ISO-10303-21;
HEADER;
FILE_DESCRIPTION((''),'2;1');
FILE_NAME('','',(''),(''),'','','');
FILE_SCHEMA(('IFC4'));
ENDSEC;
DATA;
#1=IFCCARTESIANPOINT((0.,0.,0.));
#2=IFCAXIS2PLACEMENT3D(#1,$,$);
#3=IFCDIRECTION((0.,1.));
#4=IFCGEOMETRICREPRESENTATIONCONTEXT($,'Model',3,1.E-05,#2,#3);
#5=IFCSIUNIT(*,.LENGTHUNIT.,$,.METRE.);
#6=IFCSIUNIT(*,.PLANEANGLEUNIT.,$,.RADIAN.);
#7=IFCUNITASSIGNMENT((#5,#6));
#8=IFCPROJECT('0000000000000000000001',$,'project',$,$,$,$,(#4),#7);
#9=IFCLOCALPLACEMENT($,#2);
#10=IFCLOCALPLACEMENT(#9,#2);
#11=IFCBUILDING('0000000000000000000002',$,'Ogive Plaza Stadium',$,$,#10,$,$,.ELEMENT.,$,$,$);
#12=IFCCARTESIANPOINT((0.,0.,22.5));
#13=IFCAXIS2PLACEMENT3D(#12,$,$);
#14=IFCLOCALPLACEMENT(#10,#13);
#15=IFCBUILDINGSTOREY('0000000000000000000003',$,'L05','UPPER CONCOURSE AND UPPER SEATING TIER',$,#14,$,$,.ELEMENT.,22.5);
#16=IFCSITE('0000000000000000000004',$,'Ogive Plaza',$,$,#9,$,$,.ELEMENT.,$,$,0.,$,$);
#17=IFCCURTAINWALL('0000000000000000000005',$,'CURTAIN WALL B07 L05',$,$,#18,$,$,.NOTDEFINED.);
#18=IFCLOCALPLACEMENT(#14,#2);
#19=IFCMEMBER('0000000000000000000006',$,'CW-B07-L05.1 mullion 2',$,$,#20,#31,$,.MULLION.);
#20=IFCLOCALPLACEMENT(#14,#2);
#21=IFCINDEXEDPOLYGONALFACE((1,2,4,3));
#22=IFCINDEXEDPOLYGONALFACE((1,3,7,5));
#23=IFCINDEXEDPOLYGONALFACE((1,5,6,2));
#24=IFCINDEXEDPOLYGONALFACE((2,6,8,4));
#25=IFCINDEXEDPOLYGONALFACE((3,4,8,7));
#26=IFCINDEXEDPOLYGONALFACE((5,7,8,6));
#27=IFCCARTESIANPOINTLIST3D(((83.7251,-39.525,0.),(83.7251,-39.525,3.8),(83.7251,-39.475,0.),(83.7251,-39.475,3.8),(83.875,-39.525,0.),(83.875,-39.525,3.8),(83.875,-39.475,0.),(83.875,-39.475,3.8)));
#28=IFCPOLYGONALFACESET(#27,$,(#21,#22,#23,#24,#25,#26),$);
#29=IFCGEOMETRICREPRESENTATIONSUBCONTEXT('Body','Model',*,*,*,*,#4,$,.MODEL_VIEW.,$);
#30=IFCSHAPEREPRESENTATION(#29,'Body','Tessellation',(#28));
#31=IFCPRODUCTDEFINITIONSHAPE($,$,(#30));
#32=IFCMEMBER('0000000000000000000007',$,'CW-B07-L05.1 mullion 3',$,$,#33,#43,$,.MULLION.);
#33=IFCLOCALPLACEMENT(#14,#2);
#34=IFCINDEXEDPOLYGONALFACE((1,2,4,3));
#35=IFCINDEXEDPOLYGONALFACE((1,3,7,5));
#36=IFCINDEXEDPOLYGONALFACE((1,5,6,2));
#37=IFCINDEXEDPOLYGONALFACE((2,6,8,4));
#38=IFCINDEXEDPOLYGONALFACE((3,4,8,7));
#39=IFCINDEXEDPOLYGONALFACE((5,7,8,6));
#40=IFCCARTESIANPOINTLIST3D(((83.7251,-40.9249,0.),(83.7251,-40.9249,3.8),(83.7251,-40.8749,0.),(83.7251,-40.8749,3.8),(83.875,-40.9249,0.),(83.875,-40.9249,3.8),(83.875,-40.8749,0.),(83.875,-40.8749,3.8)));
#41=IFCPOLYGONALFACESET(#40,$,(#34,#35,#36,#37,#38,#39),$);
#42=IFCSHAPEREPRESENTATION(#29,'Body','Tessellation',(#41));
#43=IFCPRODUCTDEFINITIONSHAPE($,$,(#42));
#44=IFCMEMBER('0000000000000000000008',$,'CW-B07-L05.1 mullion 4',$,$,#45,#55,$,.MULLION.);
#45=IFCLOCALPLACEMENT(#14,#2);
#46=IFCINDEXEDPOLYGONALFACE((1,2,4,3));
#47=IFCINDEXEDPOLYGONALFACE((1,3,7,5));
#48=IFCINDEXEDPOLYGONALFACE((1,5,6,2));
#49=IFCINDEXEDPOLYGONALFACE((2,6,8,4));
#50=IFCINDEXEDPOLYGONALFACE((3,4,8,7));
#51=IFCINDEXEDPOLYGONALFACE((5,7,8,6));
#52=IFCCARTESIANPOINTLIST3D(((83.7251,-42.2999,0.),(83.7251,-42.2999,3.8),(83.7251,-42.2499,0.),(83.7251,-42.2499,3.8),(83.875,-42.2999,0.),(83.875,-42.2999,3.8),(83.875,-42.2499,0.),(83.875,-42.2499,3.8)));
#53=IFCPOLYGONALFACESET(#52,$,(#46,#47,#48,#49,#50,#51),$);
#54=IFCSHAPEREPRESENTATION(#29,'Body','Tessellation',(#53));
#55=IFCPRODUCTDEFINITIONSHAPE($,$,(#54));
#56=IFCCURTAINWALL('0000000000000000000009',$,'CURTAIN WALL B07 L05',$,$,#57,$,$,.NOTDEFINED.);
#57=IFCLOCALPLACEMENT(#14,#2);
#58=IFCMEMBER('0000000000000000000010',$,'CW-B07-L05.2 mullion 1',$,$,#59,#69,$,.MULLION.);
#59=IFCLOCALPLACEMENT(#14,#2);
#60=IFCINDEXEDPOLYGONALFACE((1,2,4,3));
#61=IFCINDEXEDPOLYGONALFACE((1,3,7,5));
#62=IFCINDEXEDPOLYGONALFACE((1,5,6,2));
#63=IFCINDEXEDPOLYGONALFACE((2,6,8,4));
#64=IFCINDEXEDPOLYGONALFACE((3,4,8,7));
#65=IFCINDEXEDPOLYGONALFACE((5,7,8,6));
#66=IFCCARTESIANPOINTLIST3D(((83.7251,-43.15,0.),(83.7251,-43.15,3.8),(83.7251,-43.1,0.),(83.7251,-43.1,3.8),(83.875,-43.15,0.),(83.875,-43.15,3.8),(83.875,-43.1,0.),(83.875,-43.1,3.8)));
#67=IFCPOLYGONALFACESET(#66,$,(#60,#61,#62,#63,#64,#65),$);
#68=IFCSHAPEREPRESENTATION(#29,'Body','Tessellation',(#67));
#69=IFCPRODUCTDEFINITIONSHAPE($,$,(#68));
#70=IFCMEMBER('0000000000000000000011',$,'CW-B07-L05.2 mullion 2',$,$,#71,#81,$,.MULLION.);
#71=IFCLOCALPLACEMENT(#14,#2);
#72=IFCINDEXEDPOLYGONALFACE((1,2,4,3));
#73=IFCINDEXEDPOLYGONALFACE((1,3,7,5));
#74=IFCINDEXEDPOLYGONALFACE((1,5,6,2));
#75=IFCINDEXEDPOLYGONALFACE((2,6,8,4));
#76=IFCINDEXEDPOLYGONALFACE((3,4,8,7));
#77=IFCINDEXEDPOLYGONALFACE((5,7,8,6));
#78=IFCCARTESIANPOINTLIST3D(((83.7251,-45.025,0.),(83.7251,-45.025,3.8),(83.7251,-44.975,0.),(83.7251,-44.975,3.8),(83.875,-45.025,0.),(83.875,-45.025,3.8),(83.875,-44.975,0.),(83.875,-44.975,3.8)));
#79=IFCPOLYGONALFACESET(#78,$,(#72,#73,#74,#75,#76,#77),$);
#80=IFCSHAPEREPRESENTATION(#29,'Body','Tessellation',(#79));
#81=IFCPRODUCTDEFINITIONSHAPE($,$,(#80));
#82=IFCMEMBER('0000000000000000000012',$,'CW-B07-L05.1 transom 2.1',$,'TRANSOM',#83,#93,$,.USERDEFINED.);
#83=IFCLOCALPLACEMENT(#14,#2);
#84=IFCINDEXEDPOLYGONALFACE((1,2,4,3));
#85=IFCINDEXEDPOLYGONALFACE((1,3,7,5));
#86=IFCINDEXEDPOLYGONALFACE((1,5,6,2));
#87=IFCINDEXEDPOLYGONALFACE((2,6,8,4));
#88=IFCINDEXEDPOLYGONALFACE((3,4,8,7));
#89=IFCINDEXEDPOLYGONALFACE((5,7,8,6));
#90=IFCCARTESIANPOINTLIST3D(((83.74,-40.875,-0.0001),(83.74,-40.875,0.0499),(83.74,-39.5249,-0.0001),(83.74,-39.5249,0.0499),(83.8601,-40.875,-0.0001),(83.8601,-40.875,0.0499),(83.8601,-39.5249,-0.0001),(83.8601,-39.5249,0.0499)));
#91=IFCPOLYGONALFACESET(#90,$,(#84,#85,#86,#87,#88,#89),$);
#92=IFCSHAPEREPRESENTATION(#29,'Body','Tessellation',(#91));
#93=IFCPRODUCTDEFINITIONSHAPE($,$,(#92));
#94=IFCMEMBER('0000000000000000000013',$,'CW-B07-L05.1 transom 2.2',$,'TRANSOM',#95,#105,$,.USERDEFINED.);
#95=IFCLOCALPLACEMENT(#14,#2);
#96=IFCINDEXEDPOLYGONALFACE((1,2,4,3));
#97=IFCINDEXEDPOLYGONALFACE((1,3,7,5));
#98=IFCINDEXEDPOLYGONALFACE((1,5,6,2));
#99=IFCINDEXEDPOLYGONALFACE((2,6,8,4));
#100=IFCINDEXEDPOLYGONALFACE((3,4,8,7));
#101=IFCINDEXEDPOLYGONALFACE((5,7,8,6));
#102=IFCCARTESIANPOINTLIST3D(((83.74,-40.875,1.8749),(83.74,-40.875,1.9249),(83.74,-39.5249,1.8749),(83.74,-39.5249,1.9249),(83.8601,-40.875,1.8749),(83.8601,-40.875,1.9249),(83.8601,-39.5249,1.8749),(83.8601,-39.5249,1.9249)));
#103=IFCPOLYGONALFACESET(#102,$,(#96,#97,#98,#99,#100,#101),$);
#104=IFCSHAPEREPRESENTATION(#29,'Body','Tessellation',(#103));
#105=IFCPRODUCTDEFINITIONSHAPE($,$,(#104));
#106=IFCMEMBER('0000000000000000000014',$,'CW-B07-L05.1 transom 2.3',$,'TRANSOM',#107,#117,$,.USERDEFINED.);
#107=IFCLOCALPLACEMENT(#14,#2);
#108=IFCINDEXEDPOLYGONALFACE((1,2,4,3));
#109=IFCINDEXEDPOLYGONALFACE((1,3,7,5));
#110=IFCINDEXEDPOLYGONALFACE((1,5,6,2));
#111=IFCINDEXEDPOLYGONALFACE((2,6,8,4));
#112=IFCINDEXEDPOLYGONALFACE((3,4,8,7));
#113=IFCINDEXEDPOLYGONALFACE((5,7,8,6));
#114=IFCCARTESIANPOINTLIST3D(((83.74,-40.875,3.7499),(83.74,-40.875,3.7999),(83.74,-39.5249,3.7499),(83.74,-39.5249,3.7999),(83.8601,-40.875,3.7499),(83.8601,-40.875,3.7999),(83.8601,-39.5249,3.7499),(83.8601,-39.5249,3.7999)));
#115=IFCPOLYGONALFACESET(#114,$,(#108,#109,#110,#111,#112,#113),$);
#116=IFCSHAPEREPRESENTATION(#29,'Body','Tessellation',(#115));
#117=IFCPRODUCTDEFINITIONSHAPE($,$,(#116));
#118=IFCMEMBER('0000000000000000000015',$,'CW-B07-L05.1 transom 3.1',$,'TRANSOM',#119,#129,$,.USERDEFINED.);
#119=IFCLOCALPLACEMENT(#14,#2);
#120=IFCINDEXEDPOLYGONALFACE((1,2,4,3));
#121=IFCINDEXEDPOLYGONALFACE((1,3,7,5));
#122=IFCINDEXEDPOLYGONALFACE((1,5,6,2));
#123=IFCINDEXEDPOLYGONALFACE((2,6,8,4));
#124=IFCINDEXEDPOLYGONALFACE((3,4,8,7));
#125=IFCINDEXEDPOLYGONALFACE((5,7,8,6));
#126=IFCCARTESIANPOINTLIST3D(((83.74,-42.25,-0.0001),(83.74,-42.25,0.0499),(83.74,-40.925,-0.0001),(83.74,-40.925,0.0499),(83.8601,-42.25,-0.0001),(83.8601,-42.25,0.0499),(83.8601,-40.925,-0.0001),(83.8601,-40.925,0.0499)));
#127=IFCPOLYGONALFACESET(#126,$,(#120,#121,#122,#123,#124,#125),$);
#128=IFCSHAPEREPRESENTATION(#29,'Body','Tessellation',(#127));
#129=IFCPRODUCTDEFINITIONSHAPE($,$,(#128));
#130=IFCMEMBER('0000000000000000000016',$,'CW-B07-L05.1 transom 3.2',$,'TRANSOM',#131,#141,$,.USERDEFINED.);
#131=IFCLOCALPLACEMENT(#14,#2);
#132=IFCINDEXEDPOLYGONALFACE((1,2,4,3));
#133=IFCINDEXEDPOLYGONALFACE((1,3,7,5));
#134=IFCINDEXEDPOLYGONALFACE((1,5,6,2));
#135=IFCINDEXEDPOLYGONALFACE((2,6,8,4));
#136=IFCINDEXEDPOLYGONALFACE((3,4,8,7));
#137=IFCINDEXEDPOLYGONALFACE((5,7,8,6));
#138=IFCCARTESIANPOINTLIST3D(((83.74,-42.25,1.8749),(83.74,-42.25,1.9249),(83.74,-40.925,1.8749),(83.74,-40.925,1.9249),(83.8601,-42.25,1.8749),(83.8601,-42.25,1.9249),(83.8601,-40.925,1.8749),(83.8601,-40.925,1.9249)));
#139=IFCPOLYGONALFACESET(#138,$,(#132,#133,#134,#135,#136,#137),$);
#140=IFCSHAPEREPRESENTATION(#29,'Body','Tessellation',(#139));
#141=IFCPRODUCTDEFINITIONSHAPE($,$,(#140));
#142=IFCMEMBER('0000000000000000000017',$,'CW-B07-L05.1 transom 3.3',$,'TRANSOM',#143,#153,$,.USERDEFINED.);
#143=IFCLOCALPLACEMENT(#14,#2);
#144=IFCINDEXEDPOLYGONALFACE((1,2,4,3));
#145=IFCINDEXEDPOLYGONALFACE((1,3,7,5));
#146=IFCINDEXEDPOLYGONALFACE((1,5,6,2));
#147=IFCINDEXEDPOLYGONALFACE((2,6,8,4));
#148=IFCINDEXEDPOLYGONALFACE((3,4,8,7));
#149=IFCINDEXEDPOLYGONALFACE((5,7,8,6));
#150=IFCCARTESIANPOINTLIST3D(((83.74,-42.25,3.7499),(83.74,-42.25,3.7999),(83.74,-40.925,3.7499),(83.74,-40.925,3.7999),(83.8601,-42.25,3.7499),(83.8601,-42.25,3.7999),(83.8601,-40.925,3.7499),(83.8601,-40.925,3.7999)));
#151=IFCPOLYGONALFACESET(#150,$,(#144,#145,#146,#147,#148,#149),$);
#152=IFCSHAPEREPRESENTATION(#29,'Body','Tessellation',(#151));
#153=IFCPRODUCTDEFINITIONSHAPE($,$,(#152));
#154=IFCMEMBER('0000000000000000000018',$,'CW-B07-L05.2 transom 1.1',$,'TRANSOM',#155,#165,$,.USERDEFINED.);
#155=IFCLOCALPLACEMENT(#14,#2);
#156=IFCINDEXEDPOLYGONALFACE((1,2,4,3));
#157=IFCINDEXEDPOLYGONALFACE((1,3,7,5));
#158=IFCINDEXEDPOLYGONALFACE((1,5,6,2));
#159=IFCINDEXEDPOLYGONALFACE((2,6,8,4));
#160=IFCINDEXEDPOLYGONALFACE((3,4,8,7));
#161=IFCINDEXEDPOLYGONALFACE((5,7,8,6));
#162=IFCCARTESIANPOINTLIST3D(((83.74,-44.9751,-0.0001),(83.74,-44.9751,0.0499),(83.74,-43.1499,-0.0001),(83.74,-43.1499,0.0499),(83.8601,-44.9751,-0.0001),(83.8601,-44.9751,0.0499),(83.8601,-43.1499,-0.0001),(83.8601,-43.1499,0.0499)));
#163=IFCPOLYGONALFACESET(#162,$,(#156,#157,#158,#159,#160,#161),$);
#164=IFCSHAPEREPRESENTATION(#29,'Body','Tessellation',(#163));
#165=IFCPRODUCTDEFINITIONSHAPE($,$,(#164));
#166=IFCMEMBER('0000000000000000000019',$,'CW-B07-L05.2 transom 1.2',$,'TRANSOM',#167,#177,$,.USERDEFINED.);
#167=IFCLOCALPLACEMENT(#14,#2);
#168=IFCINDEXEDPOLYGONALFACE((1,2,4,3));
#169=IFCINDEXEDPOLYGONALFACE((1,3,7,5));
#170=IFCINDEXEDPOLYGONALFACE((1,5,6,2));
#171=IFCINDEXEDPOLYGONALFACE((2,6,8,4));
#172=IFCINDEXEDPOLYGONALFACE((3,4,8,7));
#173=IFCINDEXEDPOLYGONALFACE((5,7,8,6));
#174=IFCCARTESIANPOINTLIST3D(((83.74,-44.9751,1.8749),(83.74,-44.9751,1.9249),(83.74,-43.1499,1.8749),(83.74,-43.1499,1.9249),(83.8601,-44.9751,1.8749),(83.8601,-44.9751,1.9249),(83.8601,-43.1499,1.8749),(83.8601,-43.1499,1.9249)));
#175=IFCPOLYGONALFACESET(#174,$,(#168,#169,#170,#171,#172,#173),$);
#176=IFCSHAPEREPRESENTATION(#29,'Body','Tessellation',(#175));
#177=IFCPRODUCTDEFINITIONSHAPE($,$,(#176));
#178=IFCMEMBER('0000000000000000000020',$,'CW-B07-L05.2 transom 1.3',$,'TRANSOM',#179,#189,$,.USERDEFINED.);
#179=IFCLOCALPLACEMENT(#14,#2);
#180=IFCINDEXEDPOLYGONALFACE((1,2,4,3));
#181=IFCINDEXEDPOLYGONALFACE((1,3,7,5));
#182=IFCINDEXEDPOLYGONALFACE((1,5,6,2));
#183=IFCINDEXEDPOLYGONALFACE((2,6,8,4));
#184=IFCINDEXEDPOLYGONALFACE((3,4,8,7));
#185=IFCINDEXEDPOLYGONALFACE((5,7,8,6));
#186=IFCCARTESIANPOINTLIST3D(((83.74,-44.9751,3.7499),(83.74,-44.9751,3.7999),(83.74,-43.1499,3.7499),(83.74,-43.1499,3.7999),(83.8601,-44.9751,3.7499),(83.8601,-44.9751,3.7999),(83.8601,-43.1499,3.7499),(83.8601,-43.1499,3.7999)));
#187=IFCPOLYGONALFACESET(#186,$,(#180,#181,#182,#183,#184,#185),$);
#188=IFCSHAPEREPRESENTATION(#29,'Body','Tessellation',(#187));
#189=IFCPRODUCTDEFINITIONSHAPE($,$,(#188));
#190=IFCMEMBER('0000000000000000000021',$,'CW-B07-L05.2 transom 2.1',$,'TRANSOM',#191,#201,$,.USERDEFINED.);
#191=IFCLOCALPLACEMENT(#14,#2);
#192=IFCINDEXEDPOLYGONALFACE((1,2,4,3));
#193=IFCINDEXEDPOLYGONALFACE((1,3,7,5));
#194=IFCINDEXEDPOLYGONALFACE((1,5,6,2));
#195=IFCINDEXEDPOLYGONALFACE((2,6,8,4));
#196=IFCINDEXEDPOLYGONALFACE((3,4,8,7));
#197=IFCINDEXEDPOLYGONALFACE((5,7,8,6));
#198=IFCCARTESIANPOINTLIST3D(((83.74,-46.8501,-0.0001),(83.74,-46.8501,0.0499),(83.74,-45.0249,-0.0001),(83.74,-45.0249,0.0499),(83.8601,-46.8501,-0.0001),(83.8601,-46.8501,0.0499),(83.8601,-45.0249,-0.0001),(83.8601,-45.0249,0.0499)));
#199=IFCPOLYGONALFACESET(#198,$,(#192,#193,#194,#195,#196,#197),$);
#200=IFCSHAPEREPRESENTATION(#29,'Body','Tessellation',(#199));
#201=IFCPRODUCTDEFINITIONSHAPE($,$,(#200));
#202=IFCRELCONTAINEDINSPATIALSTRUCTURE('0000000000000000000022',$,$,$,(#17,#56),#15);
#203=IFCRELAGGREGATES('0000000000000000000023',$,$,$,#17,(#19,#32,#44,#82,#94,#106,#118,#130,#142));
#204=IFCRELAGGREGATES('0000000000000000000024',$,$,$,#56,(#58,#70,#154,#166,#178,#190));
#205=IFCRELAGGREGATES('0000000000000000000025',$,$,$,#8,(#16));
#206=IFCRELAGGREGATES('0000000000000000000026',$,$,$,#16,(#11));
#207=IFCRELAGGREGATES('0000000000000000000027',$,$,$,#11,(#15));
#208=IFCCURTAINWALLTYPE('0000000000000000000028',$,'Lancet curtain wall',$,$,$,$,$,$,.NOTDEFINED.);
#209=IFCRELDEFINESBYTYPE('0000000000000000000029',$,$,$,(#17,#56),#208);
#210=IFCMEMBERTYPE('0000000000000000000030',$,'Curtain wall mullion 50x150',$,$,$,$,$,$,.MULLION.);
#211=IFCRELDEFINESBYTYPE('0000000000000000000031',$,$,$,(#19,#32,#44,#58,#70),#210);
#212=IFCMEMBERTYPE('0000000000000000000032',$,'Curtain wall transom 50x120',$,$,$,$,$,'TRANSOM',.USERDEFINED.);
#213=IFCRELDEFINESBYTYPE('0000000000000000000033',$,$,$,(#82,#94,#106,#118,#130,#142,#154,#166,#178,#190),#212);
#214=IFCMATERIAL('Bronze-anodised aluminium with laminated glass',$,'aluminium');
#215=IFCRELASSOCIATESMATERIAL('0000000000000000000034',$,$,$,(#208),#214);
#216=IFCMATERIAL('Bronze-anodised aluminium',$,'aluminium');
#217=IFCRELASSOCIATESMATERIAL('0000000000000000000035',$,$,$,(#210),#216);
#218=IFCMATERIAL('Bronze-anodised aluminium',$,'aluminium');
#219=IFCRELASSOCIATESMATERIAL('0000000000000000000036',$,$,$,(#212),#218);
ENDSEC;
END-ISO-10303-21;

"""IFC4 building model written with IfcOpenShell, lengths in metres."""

from ifc_helpers import new_model, si_unit, direction, frame, origin, origin_2d, place, context, subcontext, project, spatial, rectangle, extrude, material, material_profile, profile_set, type_object, element, aggregate, save


model = new_model("IFC4")

# Units and contexts
model_context = context("Model", 3, precision=1e-05, world=origin(), true_north=direction((0.0, 1.0)))
body_context = subcontext(model_context, "Body", "Model", "MODEL_VIEW")
ifc_project = project(units=[si_unit("LENGTHUNIT", "METRE"), si_unit("PLANEANGLEUNIT", "RADIAN")], contexts=[model_context])

# Site, building, storey
site_placement = place(None, origin())
site = spatial("IfcSite", under=ifc_project, at=site_placement, Name="Ogive Plaza", CompositionType="ELEMENT", RefElevation=0.0)
building_placement = place(site_placement, origin())
building = spatial("IfcBuilding", under=site, at=building_placement, Name="Ogive Plaza Stadium", CompositionType="ELEMENT")
storey_placement = place(building_placement, frame((0.0, 0.0, 22.5)))
storey = spatial("IfcBuildingStorey", under=building, at=storey_placement, Name="L05", Description="UPPER CONCOURSE AND UPPER SEATING TIER", CompositionType="ELEMENT", Elevation=22.5)

# Curtain walls, members
ifc_material_1 = material(Name="Bronze-anodised aluminium with laminated glass", Category="aluminium")
curtain_wall_type = type_object("IfcCurtainWallType", Name="Lancet curtain wall", PredefinedType="NOTDEFINED", material=ifc_material_1)
curtain_wall_1_placement = place(storey_placement, origin())
curtain_wall_1 = element("IfcCurtainWall", 1, at=curtain_wall_1_placement, inside=storey, type_object=curtain_wall_type, Name="CURTAIN WALL B07 L05", PredefinedType="NOTDEFINED")
ifc_material_2 = material(Name="Bronze-anodised aluminium", Category="aluminium")
ifc_material_profile_1 = material_profile(ifc_material_2, rectangle(XDim=0.1499, YDim=0.05, at=origin_2d()), Name="AL 150x50")
ifc_profile_set_1 = profile_set([ifc_material_profile_1], Name="Bronze-anodised aluminium")
member_type_1 = type_object("IfcMemberType", Name="Curtain wall mullion 50x150", PredefinedType="MULLION", material=ifc_profile_set_1)
member_1_placement = place(storey_placement, frame((83.8, -39.5, 0.0), z_axis=(0.0, 0.0, 1.0), x_axis=(1.0, 0.0, 0.0)))
member_1 = element("IfcMember", 2, at=member_1_placement, type_object=member_type_1, Name="CW-B07-L05.1 mullion 2", PredefinedType="MULLION", context=body_context, shape_type="SweptSolid", body=[
    extrude(rectangle(XDim=0.1499, YDim=0.05, at=origin_2d()), origin(), (0.0, 0.0, 1.0), 3.8),
])
member_2_placement = place(storey_placement, frame((83.8, -40.8999, 0.0), z_axis=(0.0, 0.0, 1.0), x_axis=(1.0, 0.0, 0.0)))
member_2 = element("IfcMember", 3, at=member_2_placement, type_object=member_type_1, Name="CW-B07-L05.1 mullion 3", PredefinedType="MULLION", context=body_context, shape_type="SweptSolid", body=[
    extrude(rectangle(XDim=0.1499, YDim=0.05, at=origin_2d()), origin(), (0.0, 0.0, 1.0), 3.8),
])
member_3_placement = place(storey_placement, frame((83.8, -42.2749, 0.0), z_axis=(0.0, 0.0, 1.0), x_axis=(1.0, 0.0, 0.0)))
member_3 = element("IfcMember", 4, at=member_3_placement, type_object=member_type_1, Name="CW-B07-L05.1 mullion 4", PredefinedType="MULLION", context=body_context, shape_type="SweptSolid", body=[
    extrude(rectangle(XDim=0.1499, YDim=0.05, at=origin_2d()), origin(), (0.0, 0.0, 1.0), 3.8),
])
curtain_wall_2_placement = place(storey_placement, origin())
curtain_wall_2 = element("IfcCurtainWall", 5, at=curtain_wall_2_placement, inside=storey, type_object=curtain_wall_type, Name="CURTAIN WALL B07 L05", PredefinedType="NOTDEFINED")
member_4_placement = place(storey_placement, frame((83.8, -43.125, 0.0), z_axis=(0.0, 0.0, 1.0), x_axis=(1.0, 0.0, 0.0)))
member_4 = element("IfcMember", 6, at=member_4_placement, type_object=member_type_1, Name="CW-B07-L05.2 mullion 1", PredefinedType="MULLION", context=body_context, shape_type="SweptSolid", body=[
    extrude(rectangle(XDim=0.1499, YDim=0.05, at=origin_2d()), origin(), (0.0, 0.0, 1.0), 3.8),
])
member_5_placement = place(storey_placement, frame((83.8, -45.0, 0.0), z_axis=(0.0, 0.0, 1.0), x_axis=(1.0, 0.0, 0.0)))
member_5 = element("IfcMember", 7, at=member_5_placement, type_object=member_type_1, Name="CW-B07-L05.2 mullion 2", PredefinedType="MULLION", context=body_context, shape_type="SweptSolid", body=[
    extrude(rectangle(XDim=0.1499, YDim=0.05, at=origin_2d()), origin(), (0.0, 0.0, 1.0), 3.8),
])

# Members
ifc_material_3 = material(Name="Bronze-anodised aluminium", Category="aluminium")
ifc_material_profile_2 = material_profile(ifc_material_3, rectangle(XDim=0.1201, YDim=0.05, at=origin_2d()), Name="AL 120x50")
ifc_profile_set_2 = profile_set([ifc_material_profile_2], Name="Bronze-anodised aluminium")
member_type_2 = type_object("IfcMemberType", Name="Curtain wall transom 50x120", ElementType="TRANSOM", PredefinedType="USERDEFINED", material=ifc_profile_set_2)
member_6_placement = place(storey_placement, frame((83.8, -39.5249, 0.0249), z_axis=(0.0, -1.0, 0.0), x_axis=(1.0, 0.0, 0.0)))
member_6 = element("IfcMember", 8, at=member_6_placement, type_object=member_type_2, Name="CW-B07-L05.1 transom 2.1", ObjectType="TRANSOM", PredefinedType="USERDEFINED", context=body_context, shape_type="SweptSolid", body=[
    extrude(rectangle(XDim=0.1201, YDim=0.05, at=origin_2d()), origin(), (0.0, 0.0, 1.0), 1.3501),
])
member_7_placement = place(storey_placement, frame((83.8, -39.5249, 1.8999), z_axis=(0.0, -1.0, 0.0), x_axis=(1.0, 0.0, 0.0)))
member_7 = element("IfcMember", 9, at=member_7_placement, type_object=member_type_2, Name="CW-B07-L05.1 transom 2.2", ObjectType="TRANSOM", PredefinedType="USERDEFINED", context=body_context, shape_type="SweptSolid", body=[
    extrude(rectangle(XDim=0.1201, YDim=0.05, at=origin_2d()), origin(), (0.0, 0.0, 1.0), 1.3501),
])
member_8_placement = place(storey_placement, frame((83.8, -39.5249, 3.7749), z_axis=(0.0, -1.0, 0.0), x_axis=(1.0, 0.0, 0.0)))
member_8 = element("IfcMember", 10, at=member_8_placement, type_object=member_type_2, Name="CW-B07-L05.1 transom 2.3", ObjectType="TRANSOM", PredefinedType="USERDEFINED", context=body_context, shape_type="SweptSolid", body=[
    extrude(rectangle(XDim=0.1201, YDim=0.05, at=origin_2d()), origin(), (0.0, 0.0, 1.0), 1.3501),
])
member_9_placement = place(storey_placement, frame((83.8, -40.925, 0.0249), z_axis=(0.0, -1.0, 0.0), x_axis=(1.0, 0.0, 0.0)))
member_9 = element("IfcMember", 11, at=member_9_placement, type_object=member_type_2, Name="CW-B07-L05.1 transom 3.1", ObjectType="TRANSOM", PredefinedType="USERDEFINED", context=body_context, shape_type="SweptSolid", body=[
    extrude(rectangle(XDim=0.1201, YDim=0.05, at=origin_2d()), origin(), (0.0, 0.0, 1.0), 1.325),
])
member_10_placement = place(storey_placement, frame((83.8, -40.925, 1.8999), z_axis=(0.0, -1.0, 0.0), x_axis=(1.0, 0.0, 0.0)))
member_10 = element("IfcMember", 12, at=member_10_placement, type_object=member_type_2, Name="CW-B07-L05.1 transom 3.2", ObjectType="TRANSOM", PredefinedType="USERDEFINED", context=body_context, shape_type="SweptSolid", body=[
    extrude(rectangle(XDim=0.1201, YDim=0.05, at=origin_2d()), origin(), (0.0, 0.0, 1.0), 1.325),
])
member_11_placement = place(storey_placement, frame((83.8, -40.925, 3.7749), z_axis=(0.0, -1.0, 0.0), x_axis=(1.0, 0.0, 0.0)))
member_11 = element("IfcMember", 13, at=member_11_placement, type_object=member_type_2, Name="CW-B07-L05.1 transom 3.3", ObjectType="TRANSOM", PredefinedType="USERDEFINED", context=body_context, shape_type="SweptSolid", body=[
    extrude(rectangle(XDim=0.1201, YDim=0.05, at=origin_2d()), origin(), (0.0, 0.0, 1.0), 1.325),
])
member_12_placement = place(storey_placement, frame((83.8, -43.1499, 0.0249), z_axis=(0.0, -1.0, 0.0), x_axis=(1.0, 0.0, 0.0)))
member_12 = element("IfcMember", 14, at=member_12_placement, type_object=member_type_2, Name="CW-B07-L05.2 transom 1.1", ObjectType="TRANSOM", PredefinedType="USERDEFINED", context=body_context, shape_type="SweptSolid", body=[
    extrude(rectangle(XDim=0.1201, YDim=0.05, at=origin_2d()), origin(), (0.0, 0.0, 1.0), 1.8252),
])
member_13_placement = place(storey_placement, frame((83.8, -43.1499, 1.8999), z_axis=(0.0, -1.0, 0.0), x_axis=(1.0, 0.0, 0.0)))
member_13 = element("IfcMember", 15, at=member_13_placement, type_object=member_type_2, Name="CW-B07-L05.2 transom 1.2", ObjectType="TRANSOM", PredefinedType="USERDEFINED", context=body_context, shape_type="SweptSolid", body=[
    extrude(rectangle(XDim=0.1201, YDim=0.05, at=origin_2d()), origin(), (0.0, 0.0, 1.0), 1.8252),
])
member_14_placement = place(storey_placement, frame((83.8, -43.1499, 3.7749), z_axis=(0.0, -1.0, 0.0), x_axis=(1.0, 0.0, 0.0)))
member_14 = element("IfcMember", 16, at=member_14_placement, type_object=member_type_2, Name="CW-B07-L05.2 transom 1.3", ObjectType="TRANSOM", PredefinedType="USERDEFINED", context=body_context, shape_type="SweptSolid", body=[
    extrude(rectangle(XDim=0.1201, YDim=0.05, at=origin_2d()), origin(), (0.0, 0.0, 1.0), 1.8252),
])
member_15_placement = place(storey_placement, frame((83.8, -45.0249, 0.0249), z_axis=(0.0, -1.0, 0.0), x_axis=(1.0, 0.0, 0.0)))
member_15 = element("IfcMember", 17, at=member_15_placement, type_object=member_type_2, Name="CW-B07-L05.2 transom 2.1", ObjectType="TRANSOM", PredefinedType="USERDEFINED", context=body_context, shape_type="SweptSolid", body=[
    extrude(rectangle(XDim=0.1201, YDim=0.05, at=origin_2d()), origin(), (0.0, 0.0, 1.0), 1.8252),
])

aggregate(curtain_wall_1, [member_1, member_2, member_3, member_6, member_7, member_8, member_9, member_10, member_11])
aggregate(curtain_wall_2, [member_4, member_5, member_12, member_13, member_14, member_15])

save(model, "model.ifc")
